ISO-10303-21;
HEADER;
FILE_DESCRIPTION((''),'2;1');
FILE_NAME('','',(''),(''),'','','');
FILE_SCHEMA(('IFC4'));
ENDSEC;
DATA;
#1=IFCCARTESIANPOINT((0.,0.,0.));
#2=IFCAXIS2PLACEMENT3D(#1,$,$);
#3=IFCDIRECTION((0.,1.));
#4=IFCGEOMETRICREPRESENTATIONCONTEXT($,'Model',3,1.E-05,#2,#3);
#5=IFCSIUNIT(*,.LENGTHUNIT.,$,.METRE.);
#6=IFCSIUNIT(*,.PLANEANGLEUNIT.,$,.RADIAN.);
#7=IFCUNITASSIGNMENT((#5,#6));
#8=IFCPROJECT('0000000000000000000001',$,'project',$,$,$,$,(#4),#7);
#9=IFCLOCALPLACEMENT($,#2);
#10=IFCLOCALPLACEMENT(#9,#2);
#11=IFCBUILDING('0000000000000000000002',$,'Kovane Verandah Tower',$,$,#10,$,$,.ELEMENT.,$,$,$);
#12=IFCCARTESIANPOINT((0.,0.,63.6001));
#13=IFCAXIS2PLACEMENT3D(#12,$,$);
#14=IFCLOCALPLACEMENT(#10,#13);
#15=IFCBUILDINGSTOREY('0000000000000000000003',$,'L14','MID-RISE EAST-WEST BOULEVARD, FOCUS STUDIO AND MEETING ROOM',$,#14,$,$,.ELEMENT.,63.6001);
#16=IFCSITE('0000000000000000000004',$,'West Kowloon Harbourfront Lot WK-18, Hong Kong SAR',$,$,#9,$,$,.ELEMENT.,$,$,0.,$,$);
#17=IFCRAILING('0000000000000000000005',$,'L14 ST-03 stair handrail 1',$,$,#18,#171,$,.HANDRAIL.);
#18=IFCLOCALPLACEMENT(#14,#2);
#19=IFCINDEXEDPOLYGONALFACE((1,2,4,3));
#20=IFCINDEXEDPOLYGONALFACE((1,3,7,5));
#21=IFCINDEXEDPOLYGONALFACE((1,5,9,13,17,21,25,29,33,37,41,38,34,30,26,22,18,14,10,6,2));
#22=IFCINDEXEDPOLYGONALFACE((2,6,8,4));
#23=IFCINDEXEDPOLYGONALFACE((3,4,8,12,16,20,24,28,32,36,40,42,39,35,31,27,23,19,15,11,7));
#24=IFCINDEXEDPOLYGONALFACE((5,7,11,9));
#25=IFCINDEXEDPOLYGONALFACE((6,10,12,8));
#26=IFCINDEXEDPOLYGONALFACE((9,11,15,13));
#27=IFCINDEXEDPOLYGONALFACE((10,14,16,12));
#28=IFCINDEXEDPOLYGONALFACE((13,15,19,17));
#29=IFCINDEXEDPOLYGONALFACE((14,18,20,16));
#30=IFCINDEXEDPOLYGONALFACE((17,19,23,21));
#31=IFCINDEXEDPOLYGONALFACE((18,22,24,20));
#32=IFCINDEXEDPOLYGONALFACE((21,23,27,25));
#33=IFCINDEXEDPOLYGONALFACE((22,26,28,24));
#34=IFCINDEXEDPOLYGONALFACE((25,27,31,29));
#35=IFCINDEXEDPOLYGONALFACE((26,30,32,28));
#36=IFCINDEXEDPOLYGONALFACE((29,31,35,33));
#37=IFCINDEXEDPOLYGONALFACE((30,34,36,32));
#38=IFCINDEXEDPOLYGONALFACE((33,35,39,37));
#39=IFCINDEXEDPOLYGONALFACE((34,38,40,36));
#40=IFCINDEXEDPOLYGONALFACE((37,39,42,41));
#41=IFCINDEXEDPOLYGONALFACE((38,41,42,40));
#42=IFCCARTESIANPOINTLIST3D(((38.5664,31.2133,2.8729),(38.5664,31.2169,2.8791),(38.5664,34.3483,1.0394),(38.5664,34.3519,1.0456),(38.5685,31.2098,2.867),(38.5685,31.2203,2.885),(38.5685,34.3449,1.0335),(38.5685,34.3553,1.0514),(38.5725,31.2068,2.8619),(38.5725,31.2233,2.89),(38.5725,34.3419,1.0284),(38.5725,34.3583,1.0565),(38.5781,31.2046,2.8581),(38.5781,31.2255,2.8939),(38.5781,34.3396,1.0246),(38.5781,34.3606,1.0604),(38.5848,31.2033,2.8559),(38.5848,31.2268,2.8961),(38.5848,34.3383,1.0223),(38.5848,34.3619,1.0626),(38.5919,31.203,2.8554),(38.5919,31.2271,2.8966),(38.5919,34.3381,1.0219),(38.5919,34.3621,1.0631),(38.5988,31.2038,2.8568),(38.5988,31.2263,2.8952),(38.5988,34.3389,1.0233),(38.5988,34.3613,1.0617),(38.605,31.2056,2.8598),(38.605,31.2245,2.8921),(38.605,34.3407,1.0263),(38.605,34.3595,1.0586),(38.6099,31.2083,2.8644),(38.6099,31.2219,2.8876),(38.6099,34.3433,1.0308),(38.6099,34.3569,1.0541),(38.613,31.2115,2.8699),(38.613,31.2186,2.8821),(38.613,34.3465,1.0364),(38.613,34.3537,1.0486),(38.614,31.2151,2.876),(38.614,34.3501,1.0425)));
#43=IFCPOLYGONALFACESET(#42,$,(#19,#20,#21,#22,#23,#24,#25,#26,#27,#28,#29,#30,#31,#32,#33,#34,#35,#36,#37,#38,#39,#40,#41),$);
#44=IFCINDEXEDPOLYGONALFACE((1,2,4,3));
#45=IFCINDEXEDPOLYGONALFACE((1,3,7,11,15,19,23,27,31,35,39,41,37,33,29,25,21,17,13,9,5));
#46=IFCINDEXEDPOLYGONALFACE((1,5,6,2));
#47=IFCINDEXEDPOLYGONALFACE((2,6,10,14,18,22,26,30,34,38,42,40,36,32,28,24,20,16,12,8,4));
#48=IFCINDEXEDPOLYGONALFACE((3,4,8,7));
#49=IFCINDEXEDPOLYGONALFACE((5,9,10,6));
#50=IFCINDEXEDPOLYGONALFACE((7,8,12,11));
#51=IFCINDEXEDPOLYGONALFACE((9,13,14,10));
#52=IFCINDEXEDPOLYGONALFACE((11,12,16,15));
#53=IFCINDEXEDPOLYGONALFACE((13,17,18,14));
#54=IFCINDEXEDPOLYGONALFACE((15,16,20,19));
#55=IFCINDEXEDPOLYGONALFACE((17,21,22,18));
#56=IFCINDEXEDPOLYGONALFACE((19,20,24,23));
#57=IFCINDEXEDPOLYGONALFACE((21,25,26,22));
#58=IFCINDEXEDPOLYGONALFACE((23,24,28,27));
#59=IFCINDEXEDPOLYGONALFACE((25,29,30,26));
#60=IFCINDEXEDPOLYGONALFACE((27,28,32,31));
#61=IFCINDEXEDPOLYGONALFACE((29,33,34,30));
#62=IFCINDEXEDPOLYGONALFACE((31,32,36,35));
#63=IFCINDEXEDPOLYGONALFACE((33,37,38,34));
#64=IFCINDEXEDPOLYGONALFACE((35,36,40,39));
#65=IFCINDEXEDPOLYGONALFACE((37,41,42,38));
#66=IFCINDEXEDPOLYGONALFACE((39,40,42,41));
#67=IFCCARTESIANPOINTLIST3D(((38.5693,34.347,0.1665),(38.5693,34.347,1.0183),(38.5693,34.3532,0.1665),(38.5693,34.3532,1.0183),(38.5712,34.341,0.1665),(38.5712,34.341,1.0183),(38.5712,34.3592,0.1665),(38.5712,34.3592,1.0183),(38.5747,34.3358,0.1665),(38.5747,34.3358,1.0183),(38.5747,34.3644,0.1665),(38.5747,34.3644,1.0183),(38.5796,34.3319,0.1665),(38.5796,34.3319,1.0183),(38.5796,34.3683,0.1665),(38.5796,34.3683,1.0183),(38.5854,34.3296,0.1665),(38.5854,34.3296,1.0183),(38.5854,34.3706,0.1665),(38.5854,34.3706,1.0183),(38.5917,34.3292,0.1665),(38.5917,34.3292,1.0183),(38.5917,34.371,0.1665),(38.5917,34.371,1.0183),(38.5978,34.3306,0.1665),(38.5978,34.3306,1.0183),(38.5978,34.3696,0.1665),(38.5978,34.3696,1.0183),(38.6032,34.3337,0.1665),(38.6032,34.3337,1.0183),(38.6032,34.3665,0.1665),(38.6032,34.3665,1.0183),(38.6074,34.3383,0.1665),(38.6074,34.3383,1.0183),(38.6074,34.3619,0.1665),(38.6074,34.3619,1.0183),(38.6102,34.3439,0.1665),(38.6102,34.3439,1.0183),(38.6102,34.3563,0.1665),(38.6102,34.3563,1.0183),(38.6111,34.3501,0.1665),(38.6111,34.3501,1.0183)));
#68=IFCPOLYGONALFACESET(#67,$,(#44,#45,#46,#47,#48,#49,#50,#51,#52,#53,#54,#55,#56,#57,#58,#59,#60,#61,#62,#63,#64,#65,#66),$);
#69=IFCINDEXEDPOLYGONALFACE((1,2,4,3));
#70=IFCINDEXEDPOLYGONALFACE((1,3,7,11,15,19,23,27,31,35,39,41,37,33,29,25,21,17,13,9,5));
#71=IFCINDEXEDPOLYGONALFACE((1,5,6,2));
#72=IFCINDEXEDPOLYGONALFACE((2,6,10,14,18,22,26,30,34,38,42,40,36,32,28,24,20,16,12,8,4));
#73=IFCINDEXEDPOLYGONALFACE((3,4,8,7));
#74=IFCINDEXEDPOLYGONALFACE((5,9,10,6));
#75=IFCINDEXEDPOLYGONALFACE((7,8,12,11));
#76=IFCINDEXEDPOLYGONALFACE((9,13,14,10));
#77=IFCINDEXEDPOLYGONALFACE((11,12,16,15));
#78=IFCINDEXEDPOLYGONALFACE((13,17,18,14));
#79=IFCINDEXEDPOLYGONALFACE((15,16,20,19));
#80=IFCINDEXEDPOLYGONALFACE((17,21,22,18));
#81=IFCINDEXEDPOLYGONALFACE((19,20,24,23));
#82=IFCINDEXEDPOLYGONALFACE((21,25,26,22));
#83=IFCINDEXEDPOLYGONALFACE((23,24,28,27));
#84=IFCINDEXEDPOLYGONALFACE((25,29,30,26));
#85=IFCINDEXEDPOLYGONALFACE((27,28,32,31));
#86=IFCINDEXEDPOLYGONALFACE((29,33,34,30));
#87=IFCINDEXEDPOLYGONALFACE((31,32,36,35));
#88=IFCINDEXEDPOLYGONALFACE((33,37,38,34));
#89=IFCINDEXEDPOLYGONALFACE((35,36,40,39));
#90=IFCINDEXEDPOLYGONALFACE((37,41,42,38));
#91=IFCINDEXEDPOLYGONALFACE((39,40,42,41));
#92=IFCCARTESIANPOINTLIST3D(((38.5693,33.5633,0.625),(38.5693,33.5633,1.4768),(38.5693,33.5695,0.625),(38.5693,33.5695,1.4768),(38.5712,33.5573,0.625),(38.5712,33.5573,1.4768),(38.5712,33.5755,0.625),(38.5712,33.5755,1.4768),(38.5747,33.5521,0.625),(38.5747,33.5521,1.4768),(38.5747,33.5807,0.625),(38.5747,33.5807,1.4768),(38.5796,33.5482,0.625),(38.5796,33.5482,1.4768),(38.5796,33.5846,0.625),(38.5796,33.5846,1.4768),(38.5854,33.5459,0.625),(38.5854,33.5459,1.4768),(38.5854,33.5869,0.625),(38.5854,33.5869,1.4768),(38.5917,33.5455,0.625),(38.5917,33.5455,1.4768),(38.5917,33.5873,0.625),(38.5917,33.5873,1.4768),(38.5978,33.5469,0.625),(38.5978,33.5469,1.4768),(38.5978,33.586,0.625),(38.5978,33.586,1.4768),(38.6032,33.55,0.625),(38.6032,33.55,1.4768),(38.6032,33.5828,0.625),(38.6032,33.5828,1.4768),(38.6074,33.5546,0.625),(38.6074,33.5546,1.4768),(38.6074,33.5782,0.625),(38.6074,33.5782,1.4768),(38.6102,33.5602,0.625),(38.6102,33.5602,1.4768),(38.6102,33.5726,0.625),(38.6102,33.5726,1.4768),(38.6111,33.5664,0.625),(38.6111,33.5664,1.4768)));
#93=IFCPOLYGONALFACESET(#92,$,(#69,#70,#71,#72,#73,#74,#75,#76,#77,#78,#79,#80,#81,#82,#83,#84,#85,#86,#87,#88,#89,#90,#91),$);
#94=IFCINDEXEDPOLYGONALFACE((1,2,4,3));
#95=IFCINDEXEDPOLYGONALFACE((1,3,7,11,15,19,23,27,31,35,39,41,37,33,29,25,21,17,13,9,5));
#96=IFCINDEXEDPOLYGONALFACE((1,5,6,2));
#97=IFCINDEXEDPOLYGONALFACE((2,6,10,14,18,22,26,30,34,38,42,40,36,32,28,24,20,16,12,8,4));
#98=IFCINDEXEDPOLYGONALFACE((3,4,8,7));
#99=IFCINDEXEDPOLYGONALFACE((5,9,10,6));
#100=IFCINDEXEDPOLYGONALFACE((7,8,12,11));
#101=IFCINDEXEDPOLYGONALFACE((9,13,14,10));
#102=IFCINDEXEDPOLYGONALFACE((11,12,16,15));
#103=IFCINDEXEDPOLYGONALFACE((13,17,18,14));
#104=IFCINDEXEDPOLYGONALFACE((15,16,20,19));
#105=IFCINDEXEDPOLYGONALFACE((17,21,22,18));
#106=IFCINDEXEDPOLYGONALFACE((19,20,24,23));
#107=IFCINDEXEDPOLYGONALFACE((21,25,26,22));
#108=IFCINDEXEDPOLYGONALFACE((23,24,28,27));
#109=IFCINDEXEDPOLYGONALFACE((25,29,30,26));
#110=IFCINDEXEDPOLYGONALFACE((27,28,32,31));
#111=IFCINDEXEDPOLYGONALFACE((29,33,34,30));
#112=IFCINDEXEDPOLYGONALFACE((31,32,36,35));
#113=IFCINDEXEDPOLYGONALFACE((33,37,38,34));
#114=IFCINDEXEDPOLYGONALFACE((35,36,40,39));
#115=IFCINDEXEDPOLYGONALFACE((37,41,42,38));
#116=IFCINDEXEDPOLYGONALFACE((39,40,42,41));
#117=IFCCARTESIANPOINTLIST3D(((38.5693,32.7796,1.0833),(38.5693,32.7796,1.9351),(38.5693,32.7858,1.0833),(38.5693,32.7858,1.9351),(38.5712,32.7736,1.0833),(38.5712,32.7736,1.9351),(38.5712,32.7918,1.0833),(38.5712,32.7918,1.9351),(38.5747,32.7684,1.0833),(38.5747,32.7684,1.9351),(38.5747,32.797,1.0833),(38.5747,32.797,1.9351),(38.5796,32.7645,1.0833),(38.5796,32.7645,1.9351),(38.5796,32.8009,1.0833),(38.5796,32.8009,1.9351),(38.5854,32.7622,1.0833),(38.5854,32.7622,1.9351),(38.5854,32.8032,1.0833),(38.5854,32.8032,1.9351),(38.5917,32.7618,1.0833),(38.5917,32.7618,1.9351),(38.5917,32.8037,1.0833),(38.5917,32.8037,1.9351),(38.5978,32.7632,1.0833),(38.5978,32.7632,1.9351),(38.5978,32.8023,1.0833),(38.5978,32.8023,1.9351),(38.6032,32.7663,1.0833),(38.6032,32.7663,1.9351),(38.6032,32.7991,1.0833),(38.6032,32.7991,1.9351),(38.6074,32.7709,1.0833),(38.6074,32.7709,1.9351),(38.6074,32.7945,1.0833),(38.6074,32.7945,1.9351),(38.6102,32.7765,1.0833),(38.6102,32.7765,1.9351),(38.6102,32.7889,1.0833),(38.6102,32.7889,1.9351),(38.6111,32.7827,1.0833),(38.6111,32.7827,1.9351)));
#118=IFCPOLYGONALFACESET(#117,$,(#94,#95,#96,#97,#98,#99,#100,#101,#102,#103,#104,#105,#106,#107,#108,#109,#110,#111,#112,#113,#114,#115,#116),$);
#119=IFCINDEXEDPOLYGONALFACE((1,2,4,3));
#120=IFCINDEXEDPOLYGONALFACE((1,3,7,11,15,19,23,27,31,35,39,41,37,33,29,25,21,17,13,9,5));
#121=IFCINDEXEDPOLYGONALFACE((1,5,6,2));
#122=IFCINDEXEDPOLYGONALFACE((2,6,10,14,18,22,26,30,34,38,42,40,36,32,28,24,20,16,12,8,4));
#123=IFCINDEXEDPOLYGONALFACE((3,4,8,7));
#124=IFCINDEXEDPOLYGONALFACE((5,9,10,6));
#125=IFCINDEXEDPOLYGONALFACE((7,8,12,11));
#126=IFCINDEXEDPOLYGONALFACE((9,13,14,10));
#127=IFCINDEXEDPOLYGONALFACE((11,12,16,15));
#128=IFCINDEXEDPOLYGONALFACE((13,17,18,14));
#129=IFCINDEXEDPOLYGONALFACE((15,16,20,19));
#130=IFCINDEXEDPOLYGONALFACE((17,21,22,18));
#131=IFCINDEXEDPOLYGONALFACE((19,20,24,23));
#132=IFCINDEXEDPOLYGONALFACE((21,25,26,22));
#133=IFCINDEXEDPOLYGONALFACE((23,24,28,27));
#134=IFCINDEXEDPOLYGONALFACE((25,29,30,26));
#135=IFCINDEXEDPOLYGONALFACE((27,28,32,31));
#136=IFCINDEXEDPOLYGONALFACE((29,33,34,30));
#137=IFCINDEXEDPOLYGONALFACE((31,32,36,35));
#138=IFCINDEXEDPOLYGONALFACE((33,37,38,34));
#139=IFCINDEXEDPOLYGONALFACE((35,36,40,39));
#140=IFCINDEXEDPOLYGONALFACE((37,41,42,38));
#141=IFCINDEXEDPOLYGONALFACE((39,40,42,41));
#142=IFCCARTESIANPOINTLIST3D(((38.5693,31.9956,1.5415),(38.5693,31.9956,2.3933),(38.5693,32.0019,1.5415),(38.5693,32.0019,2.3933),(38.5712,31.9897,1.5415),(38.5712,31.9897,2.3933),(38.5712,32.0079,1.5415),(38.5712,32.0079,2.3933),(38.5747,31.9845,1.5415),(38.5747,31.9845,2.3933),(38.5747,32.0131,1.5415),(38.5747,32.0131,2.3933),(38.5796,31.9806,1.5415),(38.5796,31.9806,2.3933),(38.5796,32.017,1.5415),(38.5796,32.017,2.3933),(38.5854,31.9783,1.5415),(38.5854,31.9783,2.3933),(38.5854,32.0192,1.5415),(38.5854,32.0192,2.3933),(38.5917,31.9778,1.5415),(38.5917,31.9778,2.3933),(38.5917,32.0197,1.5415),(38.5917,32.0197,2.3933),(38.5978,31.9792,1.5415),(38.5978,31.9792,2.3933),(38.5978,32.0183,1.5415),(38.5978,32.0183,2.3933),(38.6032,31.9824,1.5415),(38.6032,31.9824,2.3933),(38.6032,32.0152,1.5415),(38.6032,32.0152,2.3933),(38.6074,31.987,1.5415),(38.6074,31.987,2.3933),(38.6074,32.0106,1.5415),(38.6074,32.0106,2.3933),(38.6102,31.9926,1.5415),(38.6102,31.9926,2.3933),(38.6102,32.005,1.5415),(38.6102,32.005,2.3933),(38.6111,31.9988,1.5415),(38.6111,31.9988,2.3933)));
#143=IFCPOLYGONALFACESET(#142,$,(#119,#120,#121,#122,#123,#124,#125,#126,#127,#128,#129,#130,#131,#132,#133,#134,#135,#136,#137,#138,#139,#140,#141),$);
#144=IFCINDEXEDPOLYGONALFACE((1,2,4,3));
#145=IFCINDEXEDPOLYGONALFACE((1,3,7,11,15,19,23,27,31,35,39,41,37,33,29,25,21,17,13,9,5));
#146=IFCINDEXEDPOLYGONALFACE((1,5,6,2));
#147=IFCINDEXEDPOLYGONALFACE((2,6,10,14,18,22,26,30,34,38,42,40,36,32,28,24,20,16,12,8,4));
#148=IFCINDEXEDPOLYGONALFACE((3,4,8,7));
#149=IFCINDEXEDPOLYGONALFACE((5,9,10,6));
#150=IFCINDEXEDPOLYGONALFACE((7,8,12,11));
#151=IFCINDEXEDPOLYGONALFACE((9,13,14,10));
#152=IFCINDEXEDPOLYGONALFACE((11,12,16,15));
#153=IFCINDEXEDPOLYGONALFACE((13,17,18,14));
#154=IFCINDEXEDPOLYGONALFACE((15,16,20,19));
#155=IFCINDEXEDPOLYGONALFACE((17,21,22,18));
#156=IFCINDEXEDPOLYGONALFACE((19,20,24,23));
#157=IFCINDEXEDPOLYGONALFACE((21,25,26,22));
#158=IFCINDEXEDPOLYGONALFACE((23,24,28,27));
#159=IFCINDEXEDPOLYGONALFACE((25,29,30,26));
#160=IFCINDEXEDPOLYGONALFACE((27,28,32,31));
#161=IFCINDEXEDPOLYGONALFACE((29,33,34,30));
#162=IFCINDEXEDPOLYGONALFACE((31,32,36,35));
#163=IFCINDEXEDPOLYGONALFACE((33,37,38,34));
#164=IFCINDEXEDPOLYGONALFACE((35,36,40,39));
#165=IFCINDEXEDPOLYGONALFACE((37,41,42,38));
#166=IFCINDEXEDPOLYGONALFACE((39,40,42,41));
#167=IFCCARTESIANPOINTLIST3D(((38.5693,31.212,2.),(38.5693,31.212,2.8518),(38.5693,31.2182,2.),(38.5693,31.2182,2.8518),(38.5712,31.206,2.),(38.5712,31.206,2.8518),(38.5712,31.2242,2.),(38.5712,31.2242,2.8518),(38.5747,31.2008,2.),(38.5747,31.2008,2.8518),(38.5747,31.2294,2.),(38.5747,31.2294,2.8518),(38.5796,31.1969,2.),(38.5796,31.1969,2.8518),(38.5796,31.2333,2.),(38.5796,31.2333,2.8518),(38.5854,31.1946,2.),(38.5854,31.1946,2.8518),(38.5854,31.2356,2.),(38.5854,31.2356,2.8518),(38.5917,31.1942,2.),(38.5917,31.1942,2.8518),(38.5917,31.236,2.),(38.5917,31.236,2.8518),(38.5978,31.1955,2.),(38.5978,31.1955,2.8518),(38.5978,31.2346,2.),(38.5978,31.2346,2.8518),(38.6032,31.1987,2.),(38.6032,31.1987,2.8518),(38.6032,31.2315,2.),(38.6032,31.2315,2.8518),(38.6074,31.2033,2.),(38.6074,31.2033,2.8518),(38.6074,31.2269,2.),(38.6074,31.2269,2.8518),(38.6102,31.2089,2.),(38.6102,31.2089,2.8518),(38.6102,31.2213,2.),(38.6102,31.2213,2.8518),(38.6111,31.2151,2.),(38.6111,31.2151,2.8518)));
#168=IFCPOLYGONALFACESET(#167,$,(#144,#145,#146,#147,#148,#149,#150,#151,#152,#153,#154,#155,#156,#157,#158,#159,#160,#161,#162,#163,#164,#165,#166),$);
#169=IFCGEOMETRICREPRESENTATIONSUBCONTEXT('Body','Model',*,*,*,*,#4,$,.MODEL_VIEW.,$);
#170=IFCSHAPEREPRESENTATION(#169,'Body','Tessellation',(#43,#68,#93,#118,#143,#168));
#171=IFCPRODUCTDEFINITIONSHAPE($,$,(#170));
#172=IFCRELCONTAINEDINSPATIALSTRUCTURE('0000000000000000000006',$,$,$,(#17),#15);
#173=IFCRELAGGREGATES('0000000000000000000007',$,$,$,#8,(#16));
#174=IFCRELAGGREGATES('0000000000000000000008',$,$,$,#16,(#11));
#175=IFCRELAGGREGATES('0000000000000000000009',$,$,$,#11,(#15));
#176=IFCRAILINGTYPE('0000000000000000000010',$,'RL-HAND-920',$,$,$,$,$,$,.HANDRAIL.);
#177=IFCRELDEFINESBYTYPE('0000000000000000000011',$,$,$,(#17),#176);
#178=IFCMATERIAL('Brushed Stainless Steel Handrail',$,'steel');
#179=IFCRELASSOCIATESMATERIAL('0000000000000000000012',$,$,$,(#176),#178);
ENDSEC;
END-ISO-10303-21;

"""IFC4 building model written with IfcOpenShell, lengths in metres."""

from ifc_helpers import new_model, si_unit, direction, frame, origin, origin_2d, place, context, subcontext, project, spatial, circle, extrude, material, type_object, element, save


model = new_model("IFC4")

# Units and contexts
model_context = context("Model", 3, precision=1e-05, world=origin(), true_north=direction((0.0, 1.0)))
body_context = subcontext(model_context, "Body", "Model", "MODEL_VIEW")
ifc_project = project(units=[si_unit("LENGTHUNIT", "METRE"), si_unit("PLANEANGLEUNIT", "RADIAN")], contexts=[model_context])

# Site, building, storey
site_placement = place(None, origin())
site = spatial("IfcSite", under=ifc_project, at=site_placement, Name="West Kowloon Harbourfront Lot WK-18, Hong Kong SAR", CompositionType="ELEMENT", RefElevation=0.0)
building_placement = place(site_placement, origin())
building = spatial("IfcBuilding", under=site, at=building_placement, Name="Kovane Verandah Tower", CompositionType="ELEMENT")
storey_placement = place(building_placement, frame((0.0, 0.0, 63.6001)))
storey = spatial("IfcBuildingStorey", under=building, at=storey_placement, Name="L14", Description="MID-RISE EAST-WEST BOULEVARD, FOCUS STUDIO AND MEETING ROOM", CompositionType="ELEMENT", Elevation=63.6001)

# Railing
ifc_material_1 = material(Name="Brushed Stainless Steel Handrail", Category="steel")
railing_type_1 = type_object("IfcRailingType", Name="RL-HAND-920", PredefinedType="HANDRAIL", material=ifc_material_1)
railing_1_placement = place(storey_placement, frame((38.5901, 34.3501, 0.1665)))
element("IfcRailing", 1, at=railing_1_placement, inside=storey, type_object=railing_type_1, Name="L14 ST-03 stair handrail 1", PredefinedType="HANDRAIL", context=body_context, shape_type="SweptSolid", body=[
    extrude(circle(Radius=0.0239, at=origin_2d()), frame((0.0, 0.0, 0.876), z_axis=(0.0, -0.86321, 0.504845), x_axis=(1.0, 0.0, 0.0)), (0.0, 0.0, 1.0), 3.6318),
    extrude(circle(Radius=0.021, at=origin_2d()), origin(), (0.0, 0.0, 1.0), 0.8518),
    extrude(circle(Radius=0.021, at=origin_2d()), frame((0.0, -0.7837, 0.4585)), (0.0, 0.0, 1.0), 0.8518),
    extrude(circle(Radius=0.021, at=origin_2d()), frame((0.0, -1.5674, 0.9167)), (0.0, 0.0, 1.0), 0.8518),
    extrude(circle(Radius=0.021, at=origin_2d()), frame((0.0, -2.3513, 1.375)), (0.0, 0.0, 1.0), 0.8518),
    extrude(circle(Radius=0.021, at=origin_2d()), frame((0.0, -3.135, 1.8335)), (0.0, 0.0, 1.0), 0.8518),
])

save(model, "model.ifc")
